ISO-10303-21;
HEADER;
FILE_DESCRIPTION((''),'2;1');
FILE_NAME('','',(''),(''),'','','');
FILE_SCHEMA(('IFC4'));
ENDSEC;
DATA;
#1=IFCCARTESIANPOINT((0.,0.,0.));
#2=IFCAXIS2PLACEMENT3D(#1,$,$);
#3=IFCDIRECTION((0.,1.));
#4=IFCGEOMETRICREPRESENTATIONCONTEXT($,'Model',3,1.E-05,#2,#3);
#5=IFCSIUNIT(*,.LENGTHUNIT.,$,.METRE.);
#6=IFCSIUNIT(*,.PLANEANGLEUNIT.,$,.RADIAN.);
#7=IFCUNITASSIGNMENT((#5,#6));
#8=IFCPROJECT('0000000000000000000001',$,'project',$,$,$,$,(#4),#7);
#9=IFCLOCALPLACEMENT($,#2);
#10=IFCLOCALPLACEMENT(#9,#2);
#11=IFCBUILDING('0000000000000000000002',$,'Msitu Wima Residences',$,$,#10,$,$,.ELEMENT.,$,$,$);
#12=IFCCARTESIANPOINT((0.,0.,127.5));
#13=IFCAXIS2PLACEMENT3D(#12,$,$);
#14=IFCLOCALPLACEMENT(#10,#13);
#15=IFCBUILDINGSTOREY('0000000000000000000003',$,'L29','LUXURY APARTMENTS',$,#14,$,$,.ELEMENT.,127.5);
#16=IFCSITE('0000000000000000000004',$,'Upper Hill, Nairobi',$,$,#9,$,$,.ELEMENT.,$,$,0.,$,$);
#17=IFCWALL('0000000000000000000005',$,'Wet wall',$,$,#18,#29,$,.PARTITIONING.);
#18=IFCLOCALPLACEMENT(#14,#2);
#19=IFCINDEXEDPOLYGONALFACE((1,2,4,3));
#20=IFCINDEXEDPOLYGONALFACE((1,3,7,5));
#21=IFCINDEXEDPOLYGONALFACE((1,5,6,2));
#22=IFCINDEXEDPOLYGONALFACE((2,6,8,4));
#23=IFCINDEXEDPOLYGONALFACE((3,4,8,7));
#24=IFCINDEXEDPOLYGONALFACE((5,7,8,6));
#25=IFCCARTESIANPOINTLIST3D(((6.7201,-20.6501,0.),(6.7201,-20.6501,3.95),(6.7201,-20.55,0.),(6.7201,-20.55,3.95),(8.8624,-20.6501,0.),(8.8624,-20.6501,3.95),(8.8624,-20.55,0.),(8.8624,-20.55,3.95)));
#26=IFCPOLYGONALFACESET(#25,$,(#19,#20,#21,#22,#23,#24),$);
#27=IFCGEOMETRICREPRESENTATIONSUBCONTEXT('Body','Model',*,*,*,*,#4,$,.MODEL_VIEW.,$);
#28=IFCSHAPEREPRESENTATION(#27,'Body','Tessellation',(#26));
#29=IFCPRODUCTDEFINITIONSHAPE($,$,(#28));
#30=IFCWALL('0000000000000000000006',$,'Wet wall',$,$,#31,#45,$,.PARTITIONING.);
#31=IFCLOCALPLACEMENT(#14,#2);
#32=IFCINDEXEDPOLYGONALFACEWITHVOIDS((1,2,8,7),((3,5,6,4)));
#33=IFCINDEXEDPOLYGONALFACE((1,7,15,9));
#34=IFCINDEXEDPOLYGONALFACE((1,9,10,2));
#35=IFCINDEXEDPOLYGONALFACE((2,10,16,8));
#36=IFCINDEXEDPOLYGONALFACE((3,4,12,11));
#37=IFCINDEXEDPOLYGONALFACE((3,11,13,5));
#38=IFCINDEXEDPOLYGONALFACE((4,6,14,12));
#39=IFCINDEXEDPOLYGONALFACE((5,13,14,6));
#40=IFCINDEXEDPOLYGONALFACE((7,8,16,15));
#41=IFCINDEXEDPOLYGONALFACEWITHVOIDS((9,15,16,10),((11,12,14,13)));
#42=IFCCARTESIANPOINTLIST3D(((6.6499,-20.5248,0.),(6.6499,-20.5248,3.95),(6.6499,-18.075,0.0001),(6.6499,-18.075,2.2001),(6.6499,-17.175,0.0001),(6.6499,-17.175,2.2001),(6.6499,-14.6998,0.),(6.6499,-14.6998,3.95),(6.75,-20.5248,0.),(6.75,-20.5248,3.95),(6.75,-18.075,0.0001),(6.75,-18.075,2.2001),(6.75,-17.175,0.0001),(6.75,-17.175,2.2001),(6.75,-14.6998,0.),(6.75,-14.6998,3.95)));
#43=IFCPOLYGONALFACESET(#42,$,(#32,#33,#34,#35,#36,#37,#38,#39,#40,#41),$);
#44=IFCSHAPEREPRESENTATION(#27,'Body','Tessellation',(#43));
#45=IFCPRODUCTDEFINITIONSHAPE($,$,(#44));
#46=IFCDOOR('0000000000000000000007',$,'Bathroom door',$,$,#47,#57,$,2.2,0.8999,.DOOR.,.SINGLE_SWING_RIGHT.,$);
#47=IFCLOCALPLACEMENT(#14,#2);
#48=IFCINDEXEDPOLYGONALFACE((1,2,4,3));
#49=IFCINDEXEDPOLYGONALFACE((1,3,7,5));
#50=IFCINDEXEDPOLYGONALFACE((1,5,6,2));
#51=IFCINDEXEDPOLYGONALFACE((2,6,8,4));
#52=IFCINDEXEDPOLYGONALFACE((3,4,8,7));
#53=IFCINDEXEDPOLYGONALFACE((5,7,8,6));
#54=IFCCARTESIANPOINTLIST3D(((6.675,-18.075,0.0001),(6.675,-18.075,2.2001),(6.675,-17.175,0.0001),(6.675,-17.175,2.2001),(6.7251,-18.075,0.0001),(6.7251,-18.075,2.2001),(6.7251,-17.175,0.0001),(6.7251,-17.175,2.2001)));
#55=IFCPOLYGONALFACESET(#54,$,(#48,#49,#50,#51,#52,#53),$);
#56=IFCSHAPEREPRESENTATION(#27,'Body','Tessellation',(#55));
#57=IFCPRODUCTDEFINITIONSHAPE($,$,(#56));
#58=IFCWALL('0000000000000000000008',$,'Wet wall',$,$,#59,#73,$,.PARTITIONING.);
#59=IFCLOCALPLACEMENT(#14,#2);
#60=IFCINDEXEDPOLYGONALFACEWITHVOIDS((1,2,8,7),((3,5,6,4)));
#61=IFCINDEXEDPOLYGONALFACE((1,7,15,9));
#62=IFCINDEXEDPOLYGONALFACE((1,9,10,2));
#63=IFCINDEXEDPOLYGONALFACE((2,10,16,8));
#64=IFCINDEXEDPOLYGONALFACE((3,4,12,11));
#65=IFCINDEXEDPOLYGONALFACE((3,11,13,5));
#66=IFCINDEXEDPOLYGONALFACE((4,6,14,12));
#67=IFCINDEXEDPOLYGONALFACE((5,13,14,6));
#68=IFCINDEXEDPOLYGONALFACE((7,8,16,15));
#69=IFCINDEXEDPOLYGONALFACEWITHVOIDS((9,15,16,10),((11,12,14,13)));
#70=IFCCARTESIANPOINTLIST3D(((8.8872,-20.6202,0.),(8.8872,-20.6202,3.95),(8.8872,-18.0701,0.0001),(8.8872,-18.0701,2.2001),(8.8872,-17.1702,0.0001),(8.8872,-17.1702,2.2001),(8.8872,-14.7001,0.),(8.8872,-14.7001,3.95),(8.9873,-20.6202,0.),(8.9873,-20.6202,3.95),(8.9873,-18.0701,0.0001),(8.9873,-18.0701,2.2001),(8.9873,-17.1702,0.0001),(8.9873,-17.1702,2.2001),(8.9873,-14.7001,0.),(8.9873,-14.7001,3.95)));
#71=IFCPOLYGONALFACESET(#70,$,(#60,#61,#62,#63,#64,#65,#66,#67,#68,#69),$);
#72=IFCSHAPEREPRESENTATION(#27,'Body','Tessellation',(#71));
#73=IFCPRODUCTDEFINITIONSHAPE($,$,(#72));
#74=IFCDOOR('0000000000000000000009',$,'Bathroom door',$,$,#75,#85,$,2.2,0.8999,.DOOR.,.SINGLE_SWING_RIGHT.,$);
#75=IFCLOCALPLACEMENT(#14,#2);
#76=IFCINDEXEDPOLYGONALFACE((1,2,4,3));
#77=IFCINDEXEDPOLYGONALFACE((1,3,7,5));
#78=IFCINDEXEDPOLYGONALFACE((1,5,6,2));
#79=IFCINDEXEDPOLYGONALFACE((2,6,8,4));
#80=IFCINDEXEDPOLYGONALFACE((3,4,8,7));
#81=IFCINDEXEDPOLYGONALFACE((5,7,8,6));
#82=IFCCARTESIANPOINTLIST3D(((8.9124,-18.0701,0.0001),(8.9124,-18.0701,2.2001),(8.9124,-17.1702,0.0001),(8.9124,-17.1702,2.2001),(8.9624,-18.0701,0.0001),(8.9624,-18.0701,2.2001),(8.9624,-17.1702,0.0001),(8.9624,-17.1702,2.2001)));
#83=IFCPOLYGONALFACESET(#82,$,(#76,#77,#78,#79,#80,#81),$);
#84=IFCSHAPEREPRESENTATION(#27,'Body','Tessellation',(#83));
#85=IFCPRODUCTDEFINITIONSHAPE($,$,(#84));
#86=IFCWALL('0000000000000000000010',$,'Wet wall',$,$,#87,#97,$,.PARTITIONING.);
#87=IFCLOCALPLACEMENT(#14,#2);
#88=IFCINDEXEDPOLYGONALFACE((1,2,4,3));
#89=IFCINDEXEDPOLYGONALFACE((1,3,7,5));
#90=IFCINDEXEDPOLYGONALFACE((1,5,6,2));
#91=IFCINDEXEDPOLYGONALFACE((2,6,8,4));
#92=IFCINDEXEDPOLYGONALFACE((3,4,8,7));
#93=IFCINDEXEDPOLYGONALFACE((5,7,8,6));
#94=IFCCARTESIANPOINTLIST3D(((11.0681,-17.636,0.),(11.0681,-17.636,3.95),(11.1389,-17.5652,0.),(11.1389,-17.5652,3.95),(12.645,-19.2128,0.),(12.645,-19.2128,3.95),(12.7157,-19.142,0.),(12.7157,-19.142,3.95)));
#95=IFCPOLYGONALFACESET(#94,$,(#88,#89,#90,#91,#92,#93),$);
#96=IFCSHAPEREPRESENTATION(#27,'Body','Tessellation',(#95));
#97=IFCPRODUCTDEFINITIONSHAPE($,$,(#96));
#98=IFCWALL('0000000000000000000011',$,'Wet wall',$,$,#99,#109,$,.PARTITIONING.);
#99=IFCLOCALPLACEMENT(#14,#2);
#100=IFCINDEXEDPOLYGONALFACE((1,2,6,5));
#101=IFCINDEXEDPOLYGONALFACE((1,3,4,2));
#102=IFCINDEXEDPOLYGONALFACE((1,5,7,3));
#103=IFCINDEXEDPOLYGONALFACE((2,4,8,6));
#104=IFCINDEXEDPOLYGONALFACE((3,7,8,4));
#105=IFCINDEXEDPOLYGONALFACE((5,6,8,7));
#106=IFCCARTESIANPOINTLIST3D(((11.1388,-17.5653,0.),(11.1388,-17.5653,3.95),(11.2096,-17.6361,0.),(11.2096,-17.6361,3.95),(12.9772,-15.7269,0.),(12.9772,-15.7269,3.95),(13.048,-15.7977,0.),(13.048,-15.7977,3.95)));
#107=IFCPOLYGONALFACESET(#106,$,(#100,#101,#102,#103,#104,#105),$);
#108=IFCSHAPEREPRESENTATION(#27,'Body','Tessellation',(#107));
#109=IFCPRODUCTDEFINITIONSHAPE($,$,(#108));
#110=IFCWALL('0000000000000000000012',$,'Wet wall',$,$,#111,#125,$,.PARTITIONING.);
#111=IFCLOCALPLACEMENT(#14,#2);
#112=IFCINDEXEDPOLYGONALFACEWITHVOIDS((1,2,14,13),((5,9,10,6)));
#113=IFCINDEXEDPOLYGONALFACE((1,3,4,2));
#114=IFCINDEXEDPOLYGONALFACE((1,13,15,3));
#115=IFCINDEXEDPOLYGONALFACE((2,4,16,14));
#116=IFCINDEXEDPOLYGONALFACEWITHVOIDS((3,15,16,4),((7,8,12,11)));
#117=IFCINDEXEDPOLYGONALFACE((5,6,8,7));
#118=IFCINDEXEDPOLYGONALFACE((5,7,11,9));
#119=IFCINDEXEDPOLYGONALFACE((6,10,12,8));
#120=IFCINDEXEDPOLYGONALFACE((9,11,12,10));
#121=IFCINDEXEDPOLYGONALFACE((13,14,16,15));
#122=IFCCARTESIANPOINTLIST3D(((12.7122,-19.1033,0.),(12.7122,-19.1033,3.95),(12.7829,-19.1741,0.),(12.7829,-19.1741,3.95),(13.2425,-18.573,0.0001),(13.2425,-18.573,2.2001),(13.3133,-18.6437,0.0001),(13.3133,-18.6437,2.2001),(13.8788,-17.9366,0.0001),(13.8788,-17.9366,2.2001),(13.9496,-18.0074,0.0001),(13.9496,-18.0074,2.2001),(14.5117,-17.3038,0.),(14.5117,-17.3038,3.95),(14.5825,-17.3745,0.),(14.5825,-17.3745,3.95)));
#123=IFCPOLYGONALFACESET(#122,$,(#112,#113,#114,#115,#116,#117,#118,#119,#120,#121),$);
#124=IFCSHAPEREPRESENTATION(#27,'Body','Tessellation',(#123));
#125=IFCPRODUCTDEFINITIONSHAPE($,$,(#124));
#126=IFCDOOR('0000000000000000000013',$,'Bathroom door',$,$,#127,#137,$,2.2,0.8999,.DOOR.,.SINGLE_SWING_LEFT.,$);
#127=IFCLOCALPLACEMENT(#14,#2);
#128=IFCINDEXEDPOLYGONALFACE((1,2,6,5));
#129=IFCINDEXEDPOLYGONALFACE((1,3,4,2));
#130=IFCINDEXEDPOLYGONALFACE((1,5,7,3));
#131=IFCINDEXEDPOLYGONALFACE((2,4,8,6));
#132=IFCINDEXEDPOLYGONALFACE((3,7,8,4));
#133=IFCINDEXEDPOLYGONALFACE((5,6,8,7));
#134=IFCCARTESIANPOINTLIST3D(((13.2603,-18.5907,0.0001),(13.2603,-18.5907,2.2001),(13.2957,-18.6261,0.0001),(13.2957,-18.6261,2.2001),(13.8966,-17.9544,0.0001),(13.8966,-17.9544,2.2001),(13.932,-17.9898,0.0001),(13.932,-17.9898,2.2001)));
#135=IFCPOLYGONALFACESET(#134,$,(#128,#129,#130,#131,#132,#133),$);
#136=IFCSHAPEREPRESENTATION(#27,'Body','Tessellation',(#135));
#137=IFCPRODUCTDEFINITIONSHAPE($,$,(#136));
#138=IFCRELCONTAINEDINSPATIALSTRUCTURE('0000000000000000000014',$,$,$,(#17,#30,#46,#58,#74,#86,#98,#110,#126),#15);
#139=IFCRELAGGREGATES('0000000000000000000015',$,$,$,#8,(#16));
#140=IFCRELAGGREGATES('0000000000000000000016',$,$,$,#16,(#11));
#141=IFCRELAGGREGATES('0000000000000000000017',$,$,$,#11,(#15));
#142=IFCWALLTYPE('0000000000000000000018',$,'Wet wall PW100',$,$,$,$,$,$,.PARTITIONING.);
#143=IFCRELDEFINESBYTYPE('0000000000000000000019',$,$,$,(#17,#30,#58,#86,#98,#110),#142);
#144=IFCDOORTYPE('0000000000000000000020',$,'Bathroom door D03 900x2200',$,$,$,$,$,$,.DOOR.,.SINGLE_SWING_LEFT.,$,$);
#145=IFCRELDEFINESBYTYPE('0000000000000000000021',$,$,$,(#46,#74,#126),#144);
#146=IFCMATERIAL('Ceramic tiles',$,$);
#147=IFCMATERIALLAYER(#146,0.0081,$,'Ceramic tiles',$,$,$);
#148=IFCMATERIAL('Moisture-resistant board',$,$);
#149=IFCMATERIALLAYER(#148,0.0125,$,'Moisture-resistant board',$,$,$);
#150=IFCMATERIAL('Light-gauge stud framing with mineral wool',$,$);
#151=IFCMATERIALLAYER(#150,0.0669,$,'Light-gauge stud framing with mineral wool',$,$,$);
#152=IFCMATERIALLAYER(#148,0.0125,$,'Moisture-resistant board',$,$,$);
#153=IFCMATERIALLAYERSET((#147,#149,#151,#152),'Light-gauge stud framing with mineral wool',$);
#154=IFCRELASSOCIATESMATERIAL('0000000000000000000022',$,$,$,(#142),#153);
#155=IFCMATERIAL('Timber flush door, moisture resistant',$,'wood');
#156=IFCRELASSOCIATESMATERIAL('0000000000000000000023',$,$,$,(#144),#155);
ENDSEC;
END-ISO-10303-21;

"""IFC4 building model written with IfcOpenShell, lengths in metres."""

from ifc_helpers import new_model, si_unit, direction, frame, frame_2d, origin, place, context, subcontext, project, spatial, rectangle, extrude, material, layer, layer_set, type_object, element, fill, save


model = new_model("IFC4")

# Units and contexts
model_context = context("Model", 3, precision=1e-05, world=origin(), true_north=direction((0.0, 1.0)))
body_context = subcontext(model_context, "Body", "Model", "MODEL_VIEW")
ifc_project = project(units=[si_unit("LENGTHUNIT", "METRE"), si_unit("PLANEANGLEUNIT", "RADIAN")], contexts=[model_context])

# Site, building, storey
site_placement = place(None, origin())
site = spatial("IfcSite", under=ifc_project, at=site_placement, Name="Upper Hill, Nairobi", CompositionType="ELEMENT", RefElevation=0.0)
building_placement = place(site_placement, origin())
building = spatial("IfcBuilding", under=site, at=building_placement, Name="Msitu Wima Residences", CompositionType="ELEMENT")
storey_placement = place(building_placement, frame((0.0, 0.0, 127.5)))
storey = spatial("IfcBuildingStorey", under=building, at=storey_placement, Name="L29", Description="LUXURY APARTMENTS", CompositionType="ELEMENT", Elevation=127.5)

# Wall
ifc_material_1 = material(Name="Ceramic tiles")
ifc_layer_1 = layer(ifc_material_1, 0.0081, Name="Ceramic tiles")
ifc_material_2 = material(Name="Moisture-resistant board")
ifc_layer_2 = layer(ifc_material_2, 0.0125, Name="Moisture-resistant board")
ifc_material_3 = material(Name="Light-gauge stud framing with mineral wool")
ifc_layer_3 = layer(ifc_material_3, 0.0669, Name="Light-gauge stud framing with mineral wool")
ifc_layer_4 = layer(ifc_material_2, 0.0125, Name="Moisture-resistant board")
ifc_layer_set_1 = layer_set([ifc_layer_1, ifc_layer_2, ifc_layer_3, ifc_layer_4], Name="Light-gauge stud framing with mineral wool")
wall_type_1 = type_object("IfcWallType", Name="Wet wall PW100", PredefinedType="PARTITIONING", material=ifc_layer_set_1)
wall_1_placement = place(storey_placement, frame((6.72, -20.6001, 0.0), z_axis=(0.0, 0.0, 1.0), x_axis=(1.0, 0.0, 0.0)))
element("IfcWall", 1, at=wall_1_placement, inside=storey, type_object=wall_type_1, Name="Wet wall", PredefinedType="PARTITIONING", context=body_context, shape_type="SweptSolid", body=[
    extrude(rectangle(XDim=2.1423, YDim=0.1001, at=frame_2d((1.0713, 0.0))), origin(), (0.0, 0.0, 1.0), 3.95),
])

# Walls, openings, doors
wall_2_placement = place(storey_placement, frame((6.7, -20.5249, 0.0), z_axis=(0.0, 0.0, 1.0), x_axis=(0.0, 1.0, 0.0)))
wall_2 = element("IfcWall", 2, at=wall_2_placement, inside=storey, type_object=wall_type_1, Name="Wet wall", PredefinedType="PARTITIONING", context=body_context, shape_type="SweptSolid", body=[
    extrude(rectangle(XDim=5.825, YDim=0.1001, at=frame_2d((2.9126, 0.0))), origin(), (0.0, 0.0, 1.0), 3.95),
])
opening_1_placement = place(wall_2_placement, frame((2.45, 0.0, 0.0)))
opening_1 = element("IfcOpeningElement", 3, at=opening_1_placement, cuts=wall_2, PredefinedType="OPENING", context=body_context, shape_type="SweptSolid", body=[
    extrude(rectangle(XDim=0.8999, YDim=2.2, at=frame_2d((0.45, 1.1001))), frame((0.0, 0.0601, 0.0), z_axis=(0.0, -1.0, 0.0), x_axis=(1.0, 0.0, 0.0)), (0.0, 0.0, 1.0), 0.1201),
])
ifc_material_4 = material(Name="Timber flush door, moisture resistant", Category="wood")
door_type_1 = type_object("IfcDoorType", Name="Bathroom door D03 900x2200", OperationType="SINGLE_SWING_LEFT", PredefinedType="DOOR", material=ifc_material_4)
door_1_placement = place(opening_1_placement, origin())
door_1 = element("IfcDoor", 4, at=door_1_placement, inside=storey, type_object=door_type_1, Name="Bathroom door", OperationType="SINGLE_SWING_RIGHT", OverallHeight=2.2, OverallWidth=0.8999, PredefinedType="DOOR", context=body_context, shape_type="SweptSolid", body=[
    extrude(rectangle(XDim=0.8999, YDim=2.2, at=frame_2d((0.45, 1.1001))), frame((0.0, 0.0249, 0.0), z_axis=(0.0, -1.0, 0.0), x_axis=(1.0, 0.0, 0.0)), (0.0, 0.0, 1.0), 0.05),
])
fill(opening_1, door_1)
wall_3_placement = place(storey_placement, frame((8.9373, -20.6201, 0.0), z_axis=(0.0, 0.0, 1.0), x_axis=(0.0, 1.0, 0.0)))
wall_3 = element("IfcWall", 5, at=wall_3_placement, inside=storey, type_object=wall_type_1, Name="Wet wall", PredefinedType="PARTITIONING", context=body_context, shape_type="SweptSolid", body=[
    extrude(rectangle(XDim=5.9202, YDim=0.1001, at=frame_2d((2.96, 0.0))), origin(), (0.0, 0.0, 1.0), 3.95),
])
opening_2_placement = place(wall_3_placement, frame((2.55, 0.0, 0.0)))
opening_2 = element("IfcOpeningElement", 6, at=opening_2_placement, cuts=wall_3, PredefinedType="OPENING", context=body_context, shape_type="SweptSolid", body=[
    extrude(rectangle(XDim=0.8999, YDim=2.2, at=frame_2d((0.45, 1.1001))), frame((0.0, 0.0601, 0.0), z_axis=(0.0, -1.0, 0.0), x_axis=(1.0, 0.0, 0.0)), (0.0, 0.0, 1.0), 0.1201),
])
door_2_placement = place(opening_2_placement, origin())
door_2 = element("IfcDoor", 7, at=door_2_placement, inside=storey, type_object=door_type_1, Name="Bathroom door", OperationType="SINGLE_SWING_RIGHT", OverallHeight=2.2, OverallWidth=0.8999, PredefinedType="DOOR", context=body_context, shape_type="SweptSolid", body=[
    extrude(rectangle(XDim=0.8999, YDim=2.2, at=frame_2d((0.45, 1.1001))), frame((0.0, 0.0249, 0.0), z_axis=(0.0, -1.0, 0.0), x_axis=(1.0, 0.0, 0.0)), (0.0, 0.0, 1.0), 0.05),
])
fill(opening_2, door_2)

# Walls
wall_4_placement = place(storey_placement, frame((11.1035, -17.6006, 0.0), z_axis=(0.0, 0.0, 1.0), x_axis=(0.707107, -0.707107, 0.0)))
element("IfcWall", 8, at=wall_4_placement, inside=storey, type_object=wall_type_1, Name="Wet wall", PredefinedType="PARTITIONING", context=body_context, shape_type="SweptSolid", body=[
    extrude(rectangle(XDim=2.23, YDim=0.1001, at=frame_2d((1.115, 0.0))), origin(), (0.0, 0.0, 1.0), 3.95),
])
wall_5_placement = place(storey_placement, frame((11.1743, -17.6006, 0.0), z_axis=(0.0, 0.0, 1.0), x_axis=(0.707107, 0.707107, 0.0)))
element("IfcWall", 9, at=wall_5_placement, inside=storey, type_object=wall_type_1, Name="Wet wall", PredefinedType="PARTITIONING", context=body_context, shape_type="SweptSolid", body=[
    extrude(rectangle(XDim=2.5999, YDim=0.1001, at=frame_2d((1.2998, 0.0))), origin(), (0.0, 0.0, 1.0), 3.95),
])

# Wall, opening, door
wall_6_placement = place(storey_placement, frame((12.7476, -19.1387, 0.0), z_axis=(0.0, 0.0, 1.0), x_axis=(0.707107, 0.707107, 0.0)))
wall_6 = element("IfcWall", 10, at=wall_6_placement, inside=storey, type_object=wall_type_1, Name="Wet wall", PredefinedType="PARTITIONING", context=body_context, shape_type="SweptSolid", body=[
    extrude(rectangle(XDim=2.5449, YDim=0.1001, at=frame_2d((1.2725, 0.0))), origin(), (0.0, 0.0, 1.0), 3.95),
])
opening_3_placement = place(wall_6_placement, frame((0.75, 0.0, 0.0)))
opening_3 = element("IfcOpeningElement", 11, at=opening_3_placement, cuts=wall_6, PredefinedType="OPENING", context=body_context, shape_type="SweptSolid", body=[
    extrude(rectangle(XDim=0.8999, YDim=2.2, at=frame_2d((0.45, 1.1001))), frame((0.0, 0.0601, 0.0), z_axis=(0.0, -1.0, 0.0), x_axis=(1.0, 0.0, 0.0)), (0.0, 0.0, 1.0), 0.1201),
])
door_3_placement = place(opening_3_placement, origin())
door_3 = element("IfcDoor", 12, at=door_3_placement, inside=storey, type_object=door_type_1, Name="Bathroom door", OperationType="SINGLE_SWING_LEFT", OverallHeight=2.2, OverallWidth=0.8999, PredefinedType="DOOR", context=body_context, shape_type="SweptSolid", body=[
    extrude(rectangle(XDim=0.8999, YDim=2.2, at=frame_2d((0.45, 1.1001))), frame((0.0, 0.0249, 0.0), z_axis=(0.0, -1.0, 0.0), x_axis=(1.0, 0.0, 0.0)), (0.0, 0.0, 1.0), 0.05),
])
fill(opening_3, door_3)

save(model, "model.ifc")
